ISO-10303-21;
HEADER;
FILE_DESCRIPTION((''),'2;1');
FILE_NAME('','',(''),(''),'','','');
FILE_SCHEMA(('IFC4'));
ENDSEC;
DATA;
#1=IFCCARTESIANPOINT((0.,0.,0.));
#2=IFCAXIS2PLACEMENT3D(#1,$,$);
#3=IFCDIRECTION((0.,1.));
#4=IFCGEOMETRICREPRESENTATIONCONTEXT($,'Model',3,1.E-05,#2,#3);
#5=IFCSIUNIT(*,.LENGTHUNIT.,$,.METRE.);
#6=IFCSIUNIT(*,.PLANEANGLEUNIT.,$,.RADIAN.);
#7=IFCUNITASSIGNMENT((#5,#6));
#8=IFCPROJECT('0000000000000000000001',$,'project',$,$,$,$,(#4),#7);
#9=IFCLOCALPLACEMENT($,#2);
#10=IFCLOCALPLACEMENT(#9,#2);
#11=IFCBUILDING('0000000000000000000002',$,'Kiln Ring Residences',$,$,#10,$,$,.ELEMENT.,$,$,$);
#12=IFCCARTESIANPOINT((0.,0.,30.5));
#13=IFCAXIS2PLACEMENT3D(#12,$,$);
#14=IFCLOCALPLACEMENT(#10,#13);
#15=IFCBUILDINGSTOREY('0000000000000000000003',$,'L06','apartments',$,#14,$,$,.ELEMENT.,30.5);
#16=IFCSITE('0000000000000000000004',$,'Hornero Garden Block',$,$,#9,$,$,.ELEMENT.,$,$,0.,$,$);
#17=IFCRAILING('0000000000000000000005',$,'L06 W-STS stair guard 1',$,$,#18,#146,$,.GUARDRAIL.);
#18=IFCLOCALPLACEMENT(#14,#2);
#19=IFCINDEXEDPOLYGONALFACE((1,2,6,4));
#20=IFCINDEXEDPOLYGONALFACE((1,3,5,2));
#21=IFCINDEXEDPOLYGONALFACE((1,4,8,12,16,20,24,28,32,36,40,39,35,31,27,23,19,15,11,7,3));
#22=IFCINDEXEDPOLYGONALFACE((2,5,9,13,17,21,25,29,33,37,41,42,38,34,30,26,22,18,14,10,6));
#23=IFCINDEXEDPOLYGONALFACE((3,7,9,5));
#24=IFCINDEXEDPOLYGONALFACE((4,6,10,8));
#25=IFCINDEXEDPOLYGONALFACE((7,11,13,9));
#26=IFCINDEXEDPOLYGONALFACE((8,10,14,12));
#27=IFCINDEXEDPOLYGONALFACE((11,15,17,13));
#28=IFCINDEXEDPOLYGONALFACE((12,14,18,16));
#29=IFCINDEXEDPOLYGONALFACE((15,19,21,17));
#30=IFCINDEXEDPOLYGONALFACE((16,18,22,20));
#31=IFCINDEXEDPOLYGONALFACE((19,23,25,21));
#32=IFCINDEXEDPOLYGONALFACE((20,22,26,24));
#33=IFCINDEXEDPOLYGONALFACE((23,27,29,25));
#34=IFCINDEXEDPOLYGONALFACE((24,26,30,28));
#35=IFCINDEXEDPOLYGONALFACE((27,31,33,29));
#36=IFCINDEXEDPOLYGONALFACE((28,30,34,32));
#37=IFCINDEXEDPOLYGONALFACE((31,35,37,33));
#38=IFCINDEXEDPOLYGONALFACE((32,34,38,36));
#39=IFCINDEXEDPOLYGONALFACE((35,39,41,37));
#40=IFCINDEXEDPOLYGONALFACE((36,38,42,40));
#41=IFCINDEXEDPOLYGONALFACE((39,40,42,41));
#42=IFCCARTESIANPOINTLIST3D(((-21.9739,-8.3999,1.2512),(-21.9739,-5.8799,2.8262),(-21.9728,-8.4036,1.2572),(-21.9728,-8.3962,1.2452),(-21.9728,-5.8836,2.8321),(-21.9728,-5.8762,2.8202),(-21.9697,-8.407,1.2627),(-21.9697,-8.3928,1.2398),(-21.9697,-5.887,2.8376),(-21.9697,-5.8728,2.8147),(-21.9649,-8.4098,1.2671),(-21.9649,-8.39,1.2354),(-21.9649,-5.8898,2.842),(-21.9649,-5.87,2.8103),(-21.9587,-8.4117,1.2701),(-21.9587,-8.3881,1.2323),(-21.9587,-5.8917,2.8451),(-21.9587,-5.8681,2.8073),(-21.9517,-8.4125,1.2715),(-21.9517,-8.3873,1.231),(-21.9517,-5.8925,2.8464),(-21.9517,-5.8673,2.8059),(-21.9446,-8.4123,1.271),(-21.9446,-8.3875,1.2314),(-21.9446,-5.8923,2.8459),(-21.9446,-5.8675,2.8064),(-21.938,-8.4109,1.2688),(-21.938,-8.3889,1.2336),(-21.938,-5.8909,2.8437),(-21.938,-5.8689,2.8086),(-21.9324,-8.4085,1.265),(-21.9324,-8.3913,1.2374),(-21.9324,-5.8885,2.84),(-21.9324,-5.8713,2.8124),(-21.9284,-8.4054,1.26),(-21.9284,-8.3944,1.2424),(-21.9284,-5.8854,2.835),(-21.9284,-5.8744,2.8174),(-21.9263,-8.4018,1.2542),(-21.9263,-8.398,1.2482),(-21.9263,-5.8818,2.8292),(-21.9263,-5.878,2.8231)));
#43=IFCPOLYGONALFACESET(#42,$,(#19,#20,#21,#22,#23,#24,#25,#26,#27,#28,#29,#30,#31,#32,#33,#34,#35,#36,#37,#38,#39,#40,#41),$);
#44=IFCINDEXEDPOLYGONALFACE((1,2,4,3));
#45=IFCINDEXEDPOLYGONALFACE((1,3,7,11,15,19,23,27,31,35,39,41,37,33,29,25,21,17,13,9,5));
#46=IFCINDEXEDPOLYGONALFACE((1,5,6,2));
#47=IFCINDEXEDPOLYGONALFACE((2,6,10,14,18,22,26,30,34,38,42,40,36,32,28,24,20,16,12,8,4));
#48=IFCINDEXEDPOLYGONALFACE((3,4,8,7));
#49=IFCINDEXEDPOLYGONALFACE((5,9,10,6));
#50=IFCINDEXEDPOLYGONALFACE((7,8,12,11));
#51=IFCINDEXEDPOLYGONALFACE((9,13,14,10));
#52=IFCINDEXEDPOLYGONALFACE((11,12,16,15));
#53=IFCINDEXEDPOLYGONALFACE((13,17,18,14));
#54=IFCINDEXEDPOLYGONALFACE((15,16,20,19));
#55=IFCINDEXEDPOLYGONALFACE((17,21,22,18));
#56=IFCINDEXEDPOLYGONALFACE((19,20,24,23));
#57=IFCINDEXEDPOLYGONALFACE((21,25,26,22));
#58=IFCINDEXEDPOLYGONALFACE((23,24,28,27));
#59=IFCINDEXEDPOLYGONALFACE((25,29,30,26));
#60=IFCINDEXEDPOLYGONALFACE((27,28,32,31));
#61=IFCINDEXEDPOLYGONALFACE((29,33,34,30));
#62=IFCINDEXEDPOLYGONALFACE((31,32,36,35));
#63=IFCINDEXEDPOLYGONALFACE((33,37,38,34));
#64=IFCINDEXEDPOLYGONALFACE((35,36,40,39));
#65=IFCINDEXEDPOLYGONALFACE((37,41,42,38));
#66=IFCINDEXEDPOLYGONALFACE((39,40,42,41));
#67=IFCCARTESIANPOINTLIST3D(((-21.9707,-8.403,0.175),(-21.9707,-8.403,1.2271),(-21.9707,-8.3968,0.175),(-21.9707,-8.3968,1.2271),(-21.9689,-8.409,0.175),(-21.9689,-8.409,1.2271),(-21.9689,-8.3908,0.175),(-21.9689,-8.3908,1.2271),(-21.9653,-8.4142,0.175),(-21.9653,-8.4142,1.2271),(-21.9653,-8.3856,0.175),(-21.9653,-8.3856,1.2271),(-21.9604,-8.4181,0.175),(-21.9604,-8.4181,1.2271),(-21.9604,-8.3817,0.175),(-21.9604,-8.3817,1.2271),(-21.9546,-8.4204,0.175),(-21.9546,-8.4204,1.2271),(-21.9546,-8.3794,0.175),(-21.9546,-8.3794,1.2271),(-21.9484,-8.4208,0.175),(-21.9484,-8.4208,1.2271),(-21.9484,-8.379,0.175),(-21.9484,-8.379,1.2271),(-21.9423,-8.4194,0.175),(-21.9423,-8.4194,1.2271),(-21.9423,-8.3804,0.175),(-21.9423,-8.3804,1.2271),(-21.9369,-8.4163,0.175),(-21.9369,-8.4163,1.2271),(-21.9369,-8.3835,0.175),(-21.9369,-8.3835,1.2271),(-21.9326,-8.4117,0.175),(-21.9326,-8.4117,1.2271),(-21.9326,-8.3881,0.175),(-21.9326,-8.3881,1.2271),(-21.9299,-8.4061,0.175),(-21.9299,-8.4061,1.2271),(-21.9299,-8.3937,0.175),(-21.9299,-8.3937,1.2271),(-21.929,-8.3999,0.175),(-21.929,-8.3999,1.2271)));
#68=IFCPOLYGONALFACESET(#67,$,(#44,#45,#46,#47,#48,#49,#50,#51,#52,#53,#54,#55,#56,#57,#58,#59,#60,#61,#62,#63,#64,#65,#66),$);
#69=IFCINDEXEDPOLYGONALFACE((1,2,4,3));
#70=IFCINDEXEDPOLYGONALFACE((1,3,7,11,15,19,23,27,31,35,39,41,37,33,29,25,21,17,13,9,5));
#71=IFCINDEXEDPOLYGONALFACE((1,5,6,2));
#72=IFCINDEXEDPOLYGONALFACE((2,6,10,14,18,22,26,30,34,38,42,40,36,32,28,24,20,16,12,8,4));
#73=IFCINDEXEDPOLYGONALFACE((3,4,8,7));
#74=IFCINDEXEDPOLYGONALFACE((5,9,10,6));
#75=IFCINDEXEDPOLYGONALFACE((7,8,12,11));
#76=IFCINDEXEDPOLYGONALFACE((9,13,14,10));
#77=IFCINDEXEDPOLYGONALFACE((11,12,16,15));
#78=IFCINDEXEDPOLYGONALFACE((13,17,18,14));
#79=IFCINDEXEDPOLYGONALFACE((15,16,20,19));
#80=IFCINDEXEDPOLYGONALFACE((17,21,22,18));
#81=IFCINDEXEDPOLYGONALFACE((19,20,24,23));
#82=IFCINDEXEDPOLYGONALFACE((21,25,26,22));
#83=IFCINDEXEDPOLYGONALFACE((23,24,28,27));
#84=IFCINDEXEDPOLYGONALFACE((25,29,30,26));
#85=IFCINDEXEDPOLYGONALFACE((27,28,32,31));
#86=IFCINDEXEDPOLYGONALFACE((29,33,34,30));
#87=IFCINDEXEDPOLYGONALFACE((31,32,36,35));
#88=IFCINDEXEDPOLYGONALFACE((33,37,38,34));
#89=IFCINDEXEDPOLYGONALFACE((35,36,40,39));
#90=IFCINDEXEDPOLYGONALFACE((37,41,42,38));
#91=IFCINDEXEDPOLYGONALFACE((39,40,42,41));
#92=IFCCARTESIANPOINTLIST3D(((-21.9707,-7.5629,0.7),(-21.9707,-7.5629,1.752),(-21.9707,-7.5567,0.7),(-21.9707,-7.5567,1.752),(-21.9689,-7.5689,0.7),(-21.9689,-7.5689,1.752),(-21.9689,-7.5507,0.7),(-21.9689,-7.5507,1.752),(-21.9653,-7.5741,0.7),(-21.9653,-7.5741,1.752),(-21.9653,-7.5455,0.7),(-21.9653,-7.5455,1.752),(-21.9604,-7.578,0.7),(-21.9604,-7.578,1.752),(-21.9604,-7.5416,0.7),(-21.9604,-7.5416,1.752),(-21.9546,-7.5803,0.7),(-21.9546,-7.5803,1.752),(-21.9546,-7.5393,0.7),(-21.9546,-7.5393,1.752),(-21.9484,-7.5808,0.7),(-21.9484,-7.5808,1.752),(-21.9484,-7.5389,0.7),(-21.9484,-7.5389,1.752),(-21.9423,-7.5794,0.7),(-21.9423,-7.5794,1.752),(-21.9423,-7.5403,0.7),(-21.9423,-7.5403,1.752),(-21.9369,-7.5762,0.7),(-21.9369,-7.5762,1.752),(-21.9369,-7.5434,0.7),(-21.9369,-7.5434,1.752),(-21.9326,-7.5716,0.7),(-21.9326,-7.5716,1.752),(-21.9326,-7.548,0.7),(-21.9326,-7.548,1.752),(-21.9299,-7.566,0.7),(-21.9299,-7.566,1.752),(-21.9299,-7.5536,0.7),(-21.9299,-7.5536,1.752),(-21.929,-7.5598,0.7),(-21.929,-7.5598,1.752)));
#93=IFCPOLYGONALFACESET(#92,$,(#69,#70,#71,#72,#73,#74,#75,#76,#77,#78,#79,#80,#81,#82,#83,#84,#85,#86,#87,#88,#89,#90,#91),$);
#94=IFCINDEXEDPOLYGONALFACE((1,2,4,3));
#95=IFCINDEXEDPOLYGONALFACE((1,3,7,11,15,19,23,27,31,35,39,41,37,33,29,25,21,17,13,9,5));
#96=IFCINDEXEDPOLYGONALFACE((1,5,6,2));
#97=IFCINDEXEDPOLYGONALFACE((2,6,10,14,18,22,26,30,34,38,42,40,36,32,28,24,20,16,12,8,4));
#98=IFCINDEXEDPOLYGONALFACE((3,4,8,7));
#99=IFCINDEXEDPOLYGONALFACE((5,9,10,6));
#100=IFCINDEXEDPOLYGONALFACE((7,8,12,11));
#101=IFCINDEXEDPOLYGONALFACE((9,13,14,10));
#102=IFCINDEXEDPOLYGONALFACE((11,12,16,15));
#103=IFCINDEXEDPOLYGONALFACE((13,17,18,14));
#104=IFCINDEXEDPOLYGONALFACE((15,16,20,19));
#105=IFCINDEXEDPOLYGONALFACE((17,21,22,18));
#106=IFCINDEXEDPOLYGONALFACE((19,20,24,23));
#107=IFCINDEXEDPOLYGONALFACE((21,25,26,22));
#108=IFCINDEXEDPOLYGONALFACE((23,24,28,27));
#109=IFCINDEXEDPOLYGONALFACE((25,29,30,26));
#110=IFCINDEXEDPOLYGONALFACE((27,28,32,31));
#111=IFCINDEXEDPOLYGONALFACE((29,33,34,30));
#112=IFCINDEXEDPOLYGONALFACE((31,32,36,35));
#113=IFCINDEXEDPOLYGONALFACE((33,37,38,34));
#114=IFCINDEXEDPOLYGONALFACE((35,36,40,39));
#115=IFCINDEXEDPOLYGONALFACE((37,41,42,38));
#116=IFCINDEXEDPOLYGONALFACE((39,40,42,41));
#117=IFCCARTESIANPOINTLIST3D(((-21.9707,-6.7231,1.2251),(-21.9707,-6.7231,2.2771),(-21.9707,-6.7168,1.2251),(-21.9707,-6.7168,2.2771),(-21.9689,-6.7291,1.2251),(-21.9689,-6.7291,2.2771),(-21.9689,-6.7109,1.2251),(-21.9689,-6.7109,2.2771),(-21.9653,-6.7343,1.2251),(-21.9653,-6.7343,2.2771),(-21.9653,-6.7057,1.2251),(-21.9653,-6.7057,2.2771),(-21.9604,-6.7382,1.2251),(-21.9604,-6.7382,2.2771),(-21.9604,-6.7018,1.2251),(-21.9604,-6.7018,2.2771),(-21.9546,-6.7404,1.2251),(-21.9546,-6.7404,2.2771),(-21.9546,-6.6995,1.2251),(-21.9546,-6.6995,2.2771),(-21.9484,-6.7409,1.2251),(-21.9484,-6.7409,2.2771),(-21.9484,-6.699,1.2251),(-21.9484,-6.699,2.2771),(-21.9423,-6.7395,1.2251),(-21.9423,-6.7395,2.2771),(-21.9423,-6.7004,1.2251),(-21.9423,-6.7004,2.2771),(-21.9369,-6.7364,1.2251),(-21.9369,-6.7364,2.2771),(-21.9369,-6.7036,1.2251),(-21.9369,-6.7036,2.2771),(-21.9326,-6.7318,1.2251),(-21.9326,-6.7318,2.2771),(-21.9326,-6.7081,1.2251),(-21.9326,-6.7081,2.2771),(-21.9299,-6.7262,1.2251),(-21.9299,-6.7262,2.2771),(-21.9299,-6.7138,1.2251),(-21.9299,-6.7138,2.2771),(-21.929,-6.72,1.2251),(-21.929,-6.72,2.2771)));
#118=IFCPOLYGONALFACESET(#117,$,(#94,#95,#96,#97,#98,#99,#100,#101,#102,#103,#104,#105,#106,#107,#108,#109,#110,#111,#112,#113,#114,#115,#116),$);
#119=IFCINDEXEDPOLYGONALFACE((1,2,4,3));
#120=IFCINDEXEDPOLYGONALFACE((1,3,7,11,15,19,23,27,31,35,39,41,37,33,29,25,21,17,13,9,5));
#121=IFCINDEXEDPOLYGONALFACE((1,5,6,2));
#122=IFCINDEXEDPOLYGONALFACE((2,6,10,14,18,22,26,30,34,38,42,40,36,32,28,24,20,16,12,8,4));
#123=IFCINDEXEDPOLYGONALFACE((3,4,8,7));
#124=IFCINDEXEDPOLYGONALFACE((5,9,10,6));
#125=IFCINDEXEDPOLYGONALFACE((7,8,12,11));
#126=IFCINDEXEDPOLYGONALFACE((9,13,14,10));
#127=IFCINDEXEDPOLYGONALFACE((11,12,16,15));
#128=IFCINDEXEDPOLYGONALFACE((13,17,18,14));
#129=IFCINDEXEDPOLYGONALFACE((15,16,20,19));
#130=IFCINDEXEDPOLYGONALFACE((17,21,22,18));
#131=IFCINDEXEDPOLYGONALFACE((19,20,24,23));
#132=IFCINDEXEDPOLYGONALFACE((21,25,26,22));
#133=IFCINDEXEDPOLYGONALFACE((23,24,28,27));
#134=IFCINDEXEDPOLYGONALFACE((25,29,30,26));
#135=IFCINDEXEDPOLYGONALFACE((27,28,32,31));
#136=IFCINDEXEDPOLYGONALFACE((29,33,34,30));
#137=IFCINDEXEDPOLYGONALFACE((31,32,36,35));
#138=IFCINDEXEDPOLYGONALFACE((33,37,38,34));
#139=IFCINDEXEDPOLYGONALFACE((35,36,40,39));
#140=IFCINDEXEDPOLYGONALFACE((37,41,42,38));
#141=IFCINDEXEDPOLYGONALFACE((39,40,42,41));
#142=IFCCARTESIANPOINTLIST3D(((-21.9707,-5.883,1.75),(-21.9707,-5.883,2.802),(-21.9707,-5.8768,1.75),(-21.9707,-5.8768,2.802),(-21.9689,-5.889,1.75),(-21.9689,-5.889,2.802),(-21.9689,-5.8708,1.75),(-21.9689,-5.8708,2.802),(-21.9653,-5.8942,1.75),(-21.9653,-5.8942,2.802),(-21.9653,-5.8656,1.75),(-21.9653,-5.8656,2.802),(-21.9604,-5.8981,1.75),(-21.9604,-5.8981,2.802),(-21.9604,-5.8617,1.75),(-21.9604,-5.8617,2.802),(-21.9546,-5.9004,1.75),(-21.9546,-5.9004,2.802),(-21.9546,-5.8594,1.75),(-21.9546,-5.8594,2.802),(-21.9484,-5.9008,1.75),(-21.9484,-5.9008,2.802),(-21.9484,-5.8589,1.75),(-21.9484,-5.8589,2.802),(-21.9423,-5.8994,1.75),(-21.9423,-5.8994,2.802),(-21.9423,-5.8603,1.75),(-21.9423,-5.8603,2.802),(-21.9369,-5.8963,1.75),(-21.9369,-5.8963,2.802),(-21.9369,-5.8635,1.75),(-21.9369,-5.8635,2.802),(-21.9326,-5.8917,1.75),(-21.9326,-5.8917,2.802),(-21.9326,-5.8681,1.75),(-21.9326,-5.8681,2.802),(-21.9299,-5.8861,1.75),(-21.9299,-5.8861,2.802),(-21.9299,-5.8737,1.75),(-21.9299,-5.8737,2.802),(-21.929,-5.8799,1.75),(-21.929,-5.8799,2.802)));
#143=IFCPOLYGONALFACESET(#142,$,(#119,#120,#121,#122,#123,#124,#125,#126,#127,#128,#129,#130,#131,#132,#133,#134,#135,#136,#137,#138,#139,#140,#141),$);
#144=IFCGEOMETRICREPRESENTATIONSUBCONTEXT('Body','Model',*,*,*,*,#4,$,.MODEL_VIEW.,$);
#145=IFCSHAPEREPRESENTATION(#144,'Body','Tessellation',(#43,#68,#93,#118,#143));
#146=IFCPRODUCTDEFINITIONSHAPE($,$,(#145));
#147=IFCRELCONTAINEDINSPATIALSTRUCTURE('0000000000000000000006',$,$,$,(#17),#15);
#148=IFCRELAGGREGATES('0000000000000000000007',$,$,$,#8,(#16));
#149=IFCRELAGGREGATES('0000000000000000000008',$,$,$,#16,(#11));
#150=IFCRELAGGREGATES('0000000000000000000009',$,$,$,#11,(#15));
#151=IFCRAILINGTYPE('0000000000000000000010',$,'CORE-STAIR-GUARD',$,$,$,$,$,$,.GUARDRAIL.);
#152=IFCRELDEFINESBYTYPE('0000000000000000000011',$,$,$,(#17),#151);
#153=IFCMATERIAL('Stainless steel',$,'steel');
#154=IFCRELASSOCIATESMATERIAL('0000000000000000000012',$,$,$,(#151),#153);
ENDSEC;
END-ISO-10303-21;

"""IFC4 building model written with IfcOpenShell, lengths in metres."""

from ifc_helpers import new_model, si_unit, direction, frame, origin, origin_2d, place, context, subcontext, project, spatial, circle, extrude, material, type_object, element, save


model = new_model("IFC4")

# Units and contexts
model_context = context("Model", 3, precision=1e-05, world=origin(), true_north=direction((0.0, 1.0)))
body_context = subcontext(model_context, "Body", "Model", "MODEL_VIEW")
ifc_project = project(units=[si_unit("LENGTHUNIT", "METRE"), si_unit("PLANEANGLEUNIT", "RADIAN")], contexts=[model_context])

# Site, building, storey
site_placement = place(None, origin())
site = spatial("IfcSite", under=ifc_project, at=site_placement, Name="Hornero Garden Block", CompositionType="ELEMENT", RefElevation=0.0)
building_placement = place(site_placement, origin())
building = spatial("IfcBuilding", under=site, at=building_placement, Name="Kiln Ring Residences", CompositionType="ELEMENT")
storey_placement = place(building_placement, frame((0.0, 0.0, 30.5)))
storey = spatial("IfcBuildingStorey", under=building, at=storey_placement, Name="L06", Description="apartments", CompositionType="ELEMENT", Elevation=30.5)

# Railing
ifc_material_1 = material(Name="Stainless steel", Category="steel")
railing_type_1 = type_object("IfcRailingType", Name="CORE-STAIR-GUARD", PredefinedType="GUARDRAIL", material=ifc_material_1)
railing_1_placement = place(storey_placement, frame((-21.95, -8.3999, 0.175)))
element("IfcRailing", 1, at=railing_1_placement, inside=storey, type_object=railing_type_1, Name="L06 W-STS stair guard 1", PredefinedType="GUARDRAIL", context=body_context, shape_type="SweptSolid", body=[
    extrude(circle(Radius=0.0239, at=origin_2d()), frame((0.0, 0.0, 1.0762), z_axis=(0.0, 0.848008, 0.529984), x_axis=(-1.0, 0.0, 0.0)), (0.0, 0.0, 1.0), 2.9717),
    extrude(circle(Radius=0.021, at=origin_2d()), origin(), (0.0, 0.0, 1.0), 1.052),
    extrude(circle(Radius=0.021, at=origin_2d()), frame((0.0, 0.8401, 0.5249)), (0.0, 0.0, 1.0), 1.052),
    extrude(circle(Radius=0.021, at=origin_2d()), frame((0.0, 1.6799, 1.05)), (0.0, 0.0, 1.0), 1.052),
    extrude(circle(Radius=0.021, at=origin_2d()), frame((0.0, 2.52, 1.575)), (0.0, 0.0, 1.0), 1.052),
])

save(model, "model.ifc")
